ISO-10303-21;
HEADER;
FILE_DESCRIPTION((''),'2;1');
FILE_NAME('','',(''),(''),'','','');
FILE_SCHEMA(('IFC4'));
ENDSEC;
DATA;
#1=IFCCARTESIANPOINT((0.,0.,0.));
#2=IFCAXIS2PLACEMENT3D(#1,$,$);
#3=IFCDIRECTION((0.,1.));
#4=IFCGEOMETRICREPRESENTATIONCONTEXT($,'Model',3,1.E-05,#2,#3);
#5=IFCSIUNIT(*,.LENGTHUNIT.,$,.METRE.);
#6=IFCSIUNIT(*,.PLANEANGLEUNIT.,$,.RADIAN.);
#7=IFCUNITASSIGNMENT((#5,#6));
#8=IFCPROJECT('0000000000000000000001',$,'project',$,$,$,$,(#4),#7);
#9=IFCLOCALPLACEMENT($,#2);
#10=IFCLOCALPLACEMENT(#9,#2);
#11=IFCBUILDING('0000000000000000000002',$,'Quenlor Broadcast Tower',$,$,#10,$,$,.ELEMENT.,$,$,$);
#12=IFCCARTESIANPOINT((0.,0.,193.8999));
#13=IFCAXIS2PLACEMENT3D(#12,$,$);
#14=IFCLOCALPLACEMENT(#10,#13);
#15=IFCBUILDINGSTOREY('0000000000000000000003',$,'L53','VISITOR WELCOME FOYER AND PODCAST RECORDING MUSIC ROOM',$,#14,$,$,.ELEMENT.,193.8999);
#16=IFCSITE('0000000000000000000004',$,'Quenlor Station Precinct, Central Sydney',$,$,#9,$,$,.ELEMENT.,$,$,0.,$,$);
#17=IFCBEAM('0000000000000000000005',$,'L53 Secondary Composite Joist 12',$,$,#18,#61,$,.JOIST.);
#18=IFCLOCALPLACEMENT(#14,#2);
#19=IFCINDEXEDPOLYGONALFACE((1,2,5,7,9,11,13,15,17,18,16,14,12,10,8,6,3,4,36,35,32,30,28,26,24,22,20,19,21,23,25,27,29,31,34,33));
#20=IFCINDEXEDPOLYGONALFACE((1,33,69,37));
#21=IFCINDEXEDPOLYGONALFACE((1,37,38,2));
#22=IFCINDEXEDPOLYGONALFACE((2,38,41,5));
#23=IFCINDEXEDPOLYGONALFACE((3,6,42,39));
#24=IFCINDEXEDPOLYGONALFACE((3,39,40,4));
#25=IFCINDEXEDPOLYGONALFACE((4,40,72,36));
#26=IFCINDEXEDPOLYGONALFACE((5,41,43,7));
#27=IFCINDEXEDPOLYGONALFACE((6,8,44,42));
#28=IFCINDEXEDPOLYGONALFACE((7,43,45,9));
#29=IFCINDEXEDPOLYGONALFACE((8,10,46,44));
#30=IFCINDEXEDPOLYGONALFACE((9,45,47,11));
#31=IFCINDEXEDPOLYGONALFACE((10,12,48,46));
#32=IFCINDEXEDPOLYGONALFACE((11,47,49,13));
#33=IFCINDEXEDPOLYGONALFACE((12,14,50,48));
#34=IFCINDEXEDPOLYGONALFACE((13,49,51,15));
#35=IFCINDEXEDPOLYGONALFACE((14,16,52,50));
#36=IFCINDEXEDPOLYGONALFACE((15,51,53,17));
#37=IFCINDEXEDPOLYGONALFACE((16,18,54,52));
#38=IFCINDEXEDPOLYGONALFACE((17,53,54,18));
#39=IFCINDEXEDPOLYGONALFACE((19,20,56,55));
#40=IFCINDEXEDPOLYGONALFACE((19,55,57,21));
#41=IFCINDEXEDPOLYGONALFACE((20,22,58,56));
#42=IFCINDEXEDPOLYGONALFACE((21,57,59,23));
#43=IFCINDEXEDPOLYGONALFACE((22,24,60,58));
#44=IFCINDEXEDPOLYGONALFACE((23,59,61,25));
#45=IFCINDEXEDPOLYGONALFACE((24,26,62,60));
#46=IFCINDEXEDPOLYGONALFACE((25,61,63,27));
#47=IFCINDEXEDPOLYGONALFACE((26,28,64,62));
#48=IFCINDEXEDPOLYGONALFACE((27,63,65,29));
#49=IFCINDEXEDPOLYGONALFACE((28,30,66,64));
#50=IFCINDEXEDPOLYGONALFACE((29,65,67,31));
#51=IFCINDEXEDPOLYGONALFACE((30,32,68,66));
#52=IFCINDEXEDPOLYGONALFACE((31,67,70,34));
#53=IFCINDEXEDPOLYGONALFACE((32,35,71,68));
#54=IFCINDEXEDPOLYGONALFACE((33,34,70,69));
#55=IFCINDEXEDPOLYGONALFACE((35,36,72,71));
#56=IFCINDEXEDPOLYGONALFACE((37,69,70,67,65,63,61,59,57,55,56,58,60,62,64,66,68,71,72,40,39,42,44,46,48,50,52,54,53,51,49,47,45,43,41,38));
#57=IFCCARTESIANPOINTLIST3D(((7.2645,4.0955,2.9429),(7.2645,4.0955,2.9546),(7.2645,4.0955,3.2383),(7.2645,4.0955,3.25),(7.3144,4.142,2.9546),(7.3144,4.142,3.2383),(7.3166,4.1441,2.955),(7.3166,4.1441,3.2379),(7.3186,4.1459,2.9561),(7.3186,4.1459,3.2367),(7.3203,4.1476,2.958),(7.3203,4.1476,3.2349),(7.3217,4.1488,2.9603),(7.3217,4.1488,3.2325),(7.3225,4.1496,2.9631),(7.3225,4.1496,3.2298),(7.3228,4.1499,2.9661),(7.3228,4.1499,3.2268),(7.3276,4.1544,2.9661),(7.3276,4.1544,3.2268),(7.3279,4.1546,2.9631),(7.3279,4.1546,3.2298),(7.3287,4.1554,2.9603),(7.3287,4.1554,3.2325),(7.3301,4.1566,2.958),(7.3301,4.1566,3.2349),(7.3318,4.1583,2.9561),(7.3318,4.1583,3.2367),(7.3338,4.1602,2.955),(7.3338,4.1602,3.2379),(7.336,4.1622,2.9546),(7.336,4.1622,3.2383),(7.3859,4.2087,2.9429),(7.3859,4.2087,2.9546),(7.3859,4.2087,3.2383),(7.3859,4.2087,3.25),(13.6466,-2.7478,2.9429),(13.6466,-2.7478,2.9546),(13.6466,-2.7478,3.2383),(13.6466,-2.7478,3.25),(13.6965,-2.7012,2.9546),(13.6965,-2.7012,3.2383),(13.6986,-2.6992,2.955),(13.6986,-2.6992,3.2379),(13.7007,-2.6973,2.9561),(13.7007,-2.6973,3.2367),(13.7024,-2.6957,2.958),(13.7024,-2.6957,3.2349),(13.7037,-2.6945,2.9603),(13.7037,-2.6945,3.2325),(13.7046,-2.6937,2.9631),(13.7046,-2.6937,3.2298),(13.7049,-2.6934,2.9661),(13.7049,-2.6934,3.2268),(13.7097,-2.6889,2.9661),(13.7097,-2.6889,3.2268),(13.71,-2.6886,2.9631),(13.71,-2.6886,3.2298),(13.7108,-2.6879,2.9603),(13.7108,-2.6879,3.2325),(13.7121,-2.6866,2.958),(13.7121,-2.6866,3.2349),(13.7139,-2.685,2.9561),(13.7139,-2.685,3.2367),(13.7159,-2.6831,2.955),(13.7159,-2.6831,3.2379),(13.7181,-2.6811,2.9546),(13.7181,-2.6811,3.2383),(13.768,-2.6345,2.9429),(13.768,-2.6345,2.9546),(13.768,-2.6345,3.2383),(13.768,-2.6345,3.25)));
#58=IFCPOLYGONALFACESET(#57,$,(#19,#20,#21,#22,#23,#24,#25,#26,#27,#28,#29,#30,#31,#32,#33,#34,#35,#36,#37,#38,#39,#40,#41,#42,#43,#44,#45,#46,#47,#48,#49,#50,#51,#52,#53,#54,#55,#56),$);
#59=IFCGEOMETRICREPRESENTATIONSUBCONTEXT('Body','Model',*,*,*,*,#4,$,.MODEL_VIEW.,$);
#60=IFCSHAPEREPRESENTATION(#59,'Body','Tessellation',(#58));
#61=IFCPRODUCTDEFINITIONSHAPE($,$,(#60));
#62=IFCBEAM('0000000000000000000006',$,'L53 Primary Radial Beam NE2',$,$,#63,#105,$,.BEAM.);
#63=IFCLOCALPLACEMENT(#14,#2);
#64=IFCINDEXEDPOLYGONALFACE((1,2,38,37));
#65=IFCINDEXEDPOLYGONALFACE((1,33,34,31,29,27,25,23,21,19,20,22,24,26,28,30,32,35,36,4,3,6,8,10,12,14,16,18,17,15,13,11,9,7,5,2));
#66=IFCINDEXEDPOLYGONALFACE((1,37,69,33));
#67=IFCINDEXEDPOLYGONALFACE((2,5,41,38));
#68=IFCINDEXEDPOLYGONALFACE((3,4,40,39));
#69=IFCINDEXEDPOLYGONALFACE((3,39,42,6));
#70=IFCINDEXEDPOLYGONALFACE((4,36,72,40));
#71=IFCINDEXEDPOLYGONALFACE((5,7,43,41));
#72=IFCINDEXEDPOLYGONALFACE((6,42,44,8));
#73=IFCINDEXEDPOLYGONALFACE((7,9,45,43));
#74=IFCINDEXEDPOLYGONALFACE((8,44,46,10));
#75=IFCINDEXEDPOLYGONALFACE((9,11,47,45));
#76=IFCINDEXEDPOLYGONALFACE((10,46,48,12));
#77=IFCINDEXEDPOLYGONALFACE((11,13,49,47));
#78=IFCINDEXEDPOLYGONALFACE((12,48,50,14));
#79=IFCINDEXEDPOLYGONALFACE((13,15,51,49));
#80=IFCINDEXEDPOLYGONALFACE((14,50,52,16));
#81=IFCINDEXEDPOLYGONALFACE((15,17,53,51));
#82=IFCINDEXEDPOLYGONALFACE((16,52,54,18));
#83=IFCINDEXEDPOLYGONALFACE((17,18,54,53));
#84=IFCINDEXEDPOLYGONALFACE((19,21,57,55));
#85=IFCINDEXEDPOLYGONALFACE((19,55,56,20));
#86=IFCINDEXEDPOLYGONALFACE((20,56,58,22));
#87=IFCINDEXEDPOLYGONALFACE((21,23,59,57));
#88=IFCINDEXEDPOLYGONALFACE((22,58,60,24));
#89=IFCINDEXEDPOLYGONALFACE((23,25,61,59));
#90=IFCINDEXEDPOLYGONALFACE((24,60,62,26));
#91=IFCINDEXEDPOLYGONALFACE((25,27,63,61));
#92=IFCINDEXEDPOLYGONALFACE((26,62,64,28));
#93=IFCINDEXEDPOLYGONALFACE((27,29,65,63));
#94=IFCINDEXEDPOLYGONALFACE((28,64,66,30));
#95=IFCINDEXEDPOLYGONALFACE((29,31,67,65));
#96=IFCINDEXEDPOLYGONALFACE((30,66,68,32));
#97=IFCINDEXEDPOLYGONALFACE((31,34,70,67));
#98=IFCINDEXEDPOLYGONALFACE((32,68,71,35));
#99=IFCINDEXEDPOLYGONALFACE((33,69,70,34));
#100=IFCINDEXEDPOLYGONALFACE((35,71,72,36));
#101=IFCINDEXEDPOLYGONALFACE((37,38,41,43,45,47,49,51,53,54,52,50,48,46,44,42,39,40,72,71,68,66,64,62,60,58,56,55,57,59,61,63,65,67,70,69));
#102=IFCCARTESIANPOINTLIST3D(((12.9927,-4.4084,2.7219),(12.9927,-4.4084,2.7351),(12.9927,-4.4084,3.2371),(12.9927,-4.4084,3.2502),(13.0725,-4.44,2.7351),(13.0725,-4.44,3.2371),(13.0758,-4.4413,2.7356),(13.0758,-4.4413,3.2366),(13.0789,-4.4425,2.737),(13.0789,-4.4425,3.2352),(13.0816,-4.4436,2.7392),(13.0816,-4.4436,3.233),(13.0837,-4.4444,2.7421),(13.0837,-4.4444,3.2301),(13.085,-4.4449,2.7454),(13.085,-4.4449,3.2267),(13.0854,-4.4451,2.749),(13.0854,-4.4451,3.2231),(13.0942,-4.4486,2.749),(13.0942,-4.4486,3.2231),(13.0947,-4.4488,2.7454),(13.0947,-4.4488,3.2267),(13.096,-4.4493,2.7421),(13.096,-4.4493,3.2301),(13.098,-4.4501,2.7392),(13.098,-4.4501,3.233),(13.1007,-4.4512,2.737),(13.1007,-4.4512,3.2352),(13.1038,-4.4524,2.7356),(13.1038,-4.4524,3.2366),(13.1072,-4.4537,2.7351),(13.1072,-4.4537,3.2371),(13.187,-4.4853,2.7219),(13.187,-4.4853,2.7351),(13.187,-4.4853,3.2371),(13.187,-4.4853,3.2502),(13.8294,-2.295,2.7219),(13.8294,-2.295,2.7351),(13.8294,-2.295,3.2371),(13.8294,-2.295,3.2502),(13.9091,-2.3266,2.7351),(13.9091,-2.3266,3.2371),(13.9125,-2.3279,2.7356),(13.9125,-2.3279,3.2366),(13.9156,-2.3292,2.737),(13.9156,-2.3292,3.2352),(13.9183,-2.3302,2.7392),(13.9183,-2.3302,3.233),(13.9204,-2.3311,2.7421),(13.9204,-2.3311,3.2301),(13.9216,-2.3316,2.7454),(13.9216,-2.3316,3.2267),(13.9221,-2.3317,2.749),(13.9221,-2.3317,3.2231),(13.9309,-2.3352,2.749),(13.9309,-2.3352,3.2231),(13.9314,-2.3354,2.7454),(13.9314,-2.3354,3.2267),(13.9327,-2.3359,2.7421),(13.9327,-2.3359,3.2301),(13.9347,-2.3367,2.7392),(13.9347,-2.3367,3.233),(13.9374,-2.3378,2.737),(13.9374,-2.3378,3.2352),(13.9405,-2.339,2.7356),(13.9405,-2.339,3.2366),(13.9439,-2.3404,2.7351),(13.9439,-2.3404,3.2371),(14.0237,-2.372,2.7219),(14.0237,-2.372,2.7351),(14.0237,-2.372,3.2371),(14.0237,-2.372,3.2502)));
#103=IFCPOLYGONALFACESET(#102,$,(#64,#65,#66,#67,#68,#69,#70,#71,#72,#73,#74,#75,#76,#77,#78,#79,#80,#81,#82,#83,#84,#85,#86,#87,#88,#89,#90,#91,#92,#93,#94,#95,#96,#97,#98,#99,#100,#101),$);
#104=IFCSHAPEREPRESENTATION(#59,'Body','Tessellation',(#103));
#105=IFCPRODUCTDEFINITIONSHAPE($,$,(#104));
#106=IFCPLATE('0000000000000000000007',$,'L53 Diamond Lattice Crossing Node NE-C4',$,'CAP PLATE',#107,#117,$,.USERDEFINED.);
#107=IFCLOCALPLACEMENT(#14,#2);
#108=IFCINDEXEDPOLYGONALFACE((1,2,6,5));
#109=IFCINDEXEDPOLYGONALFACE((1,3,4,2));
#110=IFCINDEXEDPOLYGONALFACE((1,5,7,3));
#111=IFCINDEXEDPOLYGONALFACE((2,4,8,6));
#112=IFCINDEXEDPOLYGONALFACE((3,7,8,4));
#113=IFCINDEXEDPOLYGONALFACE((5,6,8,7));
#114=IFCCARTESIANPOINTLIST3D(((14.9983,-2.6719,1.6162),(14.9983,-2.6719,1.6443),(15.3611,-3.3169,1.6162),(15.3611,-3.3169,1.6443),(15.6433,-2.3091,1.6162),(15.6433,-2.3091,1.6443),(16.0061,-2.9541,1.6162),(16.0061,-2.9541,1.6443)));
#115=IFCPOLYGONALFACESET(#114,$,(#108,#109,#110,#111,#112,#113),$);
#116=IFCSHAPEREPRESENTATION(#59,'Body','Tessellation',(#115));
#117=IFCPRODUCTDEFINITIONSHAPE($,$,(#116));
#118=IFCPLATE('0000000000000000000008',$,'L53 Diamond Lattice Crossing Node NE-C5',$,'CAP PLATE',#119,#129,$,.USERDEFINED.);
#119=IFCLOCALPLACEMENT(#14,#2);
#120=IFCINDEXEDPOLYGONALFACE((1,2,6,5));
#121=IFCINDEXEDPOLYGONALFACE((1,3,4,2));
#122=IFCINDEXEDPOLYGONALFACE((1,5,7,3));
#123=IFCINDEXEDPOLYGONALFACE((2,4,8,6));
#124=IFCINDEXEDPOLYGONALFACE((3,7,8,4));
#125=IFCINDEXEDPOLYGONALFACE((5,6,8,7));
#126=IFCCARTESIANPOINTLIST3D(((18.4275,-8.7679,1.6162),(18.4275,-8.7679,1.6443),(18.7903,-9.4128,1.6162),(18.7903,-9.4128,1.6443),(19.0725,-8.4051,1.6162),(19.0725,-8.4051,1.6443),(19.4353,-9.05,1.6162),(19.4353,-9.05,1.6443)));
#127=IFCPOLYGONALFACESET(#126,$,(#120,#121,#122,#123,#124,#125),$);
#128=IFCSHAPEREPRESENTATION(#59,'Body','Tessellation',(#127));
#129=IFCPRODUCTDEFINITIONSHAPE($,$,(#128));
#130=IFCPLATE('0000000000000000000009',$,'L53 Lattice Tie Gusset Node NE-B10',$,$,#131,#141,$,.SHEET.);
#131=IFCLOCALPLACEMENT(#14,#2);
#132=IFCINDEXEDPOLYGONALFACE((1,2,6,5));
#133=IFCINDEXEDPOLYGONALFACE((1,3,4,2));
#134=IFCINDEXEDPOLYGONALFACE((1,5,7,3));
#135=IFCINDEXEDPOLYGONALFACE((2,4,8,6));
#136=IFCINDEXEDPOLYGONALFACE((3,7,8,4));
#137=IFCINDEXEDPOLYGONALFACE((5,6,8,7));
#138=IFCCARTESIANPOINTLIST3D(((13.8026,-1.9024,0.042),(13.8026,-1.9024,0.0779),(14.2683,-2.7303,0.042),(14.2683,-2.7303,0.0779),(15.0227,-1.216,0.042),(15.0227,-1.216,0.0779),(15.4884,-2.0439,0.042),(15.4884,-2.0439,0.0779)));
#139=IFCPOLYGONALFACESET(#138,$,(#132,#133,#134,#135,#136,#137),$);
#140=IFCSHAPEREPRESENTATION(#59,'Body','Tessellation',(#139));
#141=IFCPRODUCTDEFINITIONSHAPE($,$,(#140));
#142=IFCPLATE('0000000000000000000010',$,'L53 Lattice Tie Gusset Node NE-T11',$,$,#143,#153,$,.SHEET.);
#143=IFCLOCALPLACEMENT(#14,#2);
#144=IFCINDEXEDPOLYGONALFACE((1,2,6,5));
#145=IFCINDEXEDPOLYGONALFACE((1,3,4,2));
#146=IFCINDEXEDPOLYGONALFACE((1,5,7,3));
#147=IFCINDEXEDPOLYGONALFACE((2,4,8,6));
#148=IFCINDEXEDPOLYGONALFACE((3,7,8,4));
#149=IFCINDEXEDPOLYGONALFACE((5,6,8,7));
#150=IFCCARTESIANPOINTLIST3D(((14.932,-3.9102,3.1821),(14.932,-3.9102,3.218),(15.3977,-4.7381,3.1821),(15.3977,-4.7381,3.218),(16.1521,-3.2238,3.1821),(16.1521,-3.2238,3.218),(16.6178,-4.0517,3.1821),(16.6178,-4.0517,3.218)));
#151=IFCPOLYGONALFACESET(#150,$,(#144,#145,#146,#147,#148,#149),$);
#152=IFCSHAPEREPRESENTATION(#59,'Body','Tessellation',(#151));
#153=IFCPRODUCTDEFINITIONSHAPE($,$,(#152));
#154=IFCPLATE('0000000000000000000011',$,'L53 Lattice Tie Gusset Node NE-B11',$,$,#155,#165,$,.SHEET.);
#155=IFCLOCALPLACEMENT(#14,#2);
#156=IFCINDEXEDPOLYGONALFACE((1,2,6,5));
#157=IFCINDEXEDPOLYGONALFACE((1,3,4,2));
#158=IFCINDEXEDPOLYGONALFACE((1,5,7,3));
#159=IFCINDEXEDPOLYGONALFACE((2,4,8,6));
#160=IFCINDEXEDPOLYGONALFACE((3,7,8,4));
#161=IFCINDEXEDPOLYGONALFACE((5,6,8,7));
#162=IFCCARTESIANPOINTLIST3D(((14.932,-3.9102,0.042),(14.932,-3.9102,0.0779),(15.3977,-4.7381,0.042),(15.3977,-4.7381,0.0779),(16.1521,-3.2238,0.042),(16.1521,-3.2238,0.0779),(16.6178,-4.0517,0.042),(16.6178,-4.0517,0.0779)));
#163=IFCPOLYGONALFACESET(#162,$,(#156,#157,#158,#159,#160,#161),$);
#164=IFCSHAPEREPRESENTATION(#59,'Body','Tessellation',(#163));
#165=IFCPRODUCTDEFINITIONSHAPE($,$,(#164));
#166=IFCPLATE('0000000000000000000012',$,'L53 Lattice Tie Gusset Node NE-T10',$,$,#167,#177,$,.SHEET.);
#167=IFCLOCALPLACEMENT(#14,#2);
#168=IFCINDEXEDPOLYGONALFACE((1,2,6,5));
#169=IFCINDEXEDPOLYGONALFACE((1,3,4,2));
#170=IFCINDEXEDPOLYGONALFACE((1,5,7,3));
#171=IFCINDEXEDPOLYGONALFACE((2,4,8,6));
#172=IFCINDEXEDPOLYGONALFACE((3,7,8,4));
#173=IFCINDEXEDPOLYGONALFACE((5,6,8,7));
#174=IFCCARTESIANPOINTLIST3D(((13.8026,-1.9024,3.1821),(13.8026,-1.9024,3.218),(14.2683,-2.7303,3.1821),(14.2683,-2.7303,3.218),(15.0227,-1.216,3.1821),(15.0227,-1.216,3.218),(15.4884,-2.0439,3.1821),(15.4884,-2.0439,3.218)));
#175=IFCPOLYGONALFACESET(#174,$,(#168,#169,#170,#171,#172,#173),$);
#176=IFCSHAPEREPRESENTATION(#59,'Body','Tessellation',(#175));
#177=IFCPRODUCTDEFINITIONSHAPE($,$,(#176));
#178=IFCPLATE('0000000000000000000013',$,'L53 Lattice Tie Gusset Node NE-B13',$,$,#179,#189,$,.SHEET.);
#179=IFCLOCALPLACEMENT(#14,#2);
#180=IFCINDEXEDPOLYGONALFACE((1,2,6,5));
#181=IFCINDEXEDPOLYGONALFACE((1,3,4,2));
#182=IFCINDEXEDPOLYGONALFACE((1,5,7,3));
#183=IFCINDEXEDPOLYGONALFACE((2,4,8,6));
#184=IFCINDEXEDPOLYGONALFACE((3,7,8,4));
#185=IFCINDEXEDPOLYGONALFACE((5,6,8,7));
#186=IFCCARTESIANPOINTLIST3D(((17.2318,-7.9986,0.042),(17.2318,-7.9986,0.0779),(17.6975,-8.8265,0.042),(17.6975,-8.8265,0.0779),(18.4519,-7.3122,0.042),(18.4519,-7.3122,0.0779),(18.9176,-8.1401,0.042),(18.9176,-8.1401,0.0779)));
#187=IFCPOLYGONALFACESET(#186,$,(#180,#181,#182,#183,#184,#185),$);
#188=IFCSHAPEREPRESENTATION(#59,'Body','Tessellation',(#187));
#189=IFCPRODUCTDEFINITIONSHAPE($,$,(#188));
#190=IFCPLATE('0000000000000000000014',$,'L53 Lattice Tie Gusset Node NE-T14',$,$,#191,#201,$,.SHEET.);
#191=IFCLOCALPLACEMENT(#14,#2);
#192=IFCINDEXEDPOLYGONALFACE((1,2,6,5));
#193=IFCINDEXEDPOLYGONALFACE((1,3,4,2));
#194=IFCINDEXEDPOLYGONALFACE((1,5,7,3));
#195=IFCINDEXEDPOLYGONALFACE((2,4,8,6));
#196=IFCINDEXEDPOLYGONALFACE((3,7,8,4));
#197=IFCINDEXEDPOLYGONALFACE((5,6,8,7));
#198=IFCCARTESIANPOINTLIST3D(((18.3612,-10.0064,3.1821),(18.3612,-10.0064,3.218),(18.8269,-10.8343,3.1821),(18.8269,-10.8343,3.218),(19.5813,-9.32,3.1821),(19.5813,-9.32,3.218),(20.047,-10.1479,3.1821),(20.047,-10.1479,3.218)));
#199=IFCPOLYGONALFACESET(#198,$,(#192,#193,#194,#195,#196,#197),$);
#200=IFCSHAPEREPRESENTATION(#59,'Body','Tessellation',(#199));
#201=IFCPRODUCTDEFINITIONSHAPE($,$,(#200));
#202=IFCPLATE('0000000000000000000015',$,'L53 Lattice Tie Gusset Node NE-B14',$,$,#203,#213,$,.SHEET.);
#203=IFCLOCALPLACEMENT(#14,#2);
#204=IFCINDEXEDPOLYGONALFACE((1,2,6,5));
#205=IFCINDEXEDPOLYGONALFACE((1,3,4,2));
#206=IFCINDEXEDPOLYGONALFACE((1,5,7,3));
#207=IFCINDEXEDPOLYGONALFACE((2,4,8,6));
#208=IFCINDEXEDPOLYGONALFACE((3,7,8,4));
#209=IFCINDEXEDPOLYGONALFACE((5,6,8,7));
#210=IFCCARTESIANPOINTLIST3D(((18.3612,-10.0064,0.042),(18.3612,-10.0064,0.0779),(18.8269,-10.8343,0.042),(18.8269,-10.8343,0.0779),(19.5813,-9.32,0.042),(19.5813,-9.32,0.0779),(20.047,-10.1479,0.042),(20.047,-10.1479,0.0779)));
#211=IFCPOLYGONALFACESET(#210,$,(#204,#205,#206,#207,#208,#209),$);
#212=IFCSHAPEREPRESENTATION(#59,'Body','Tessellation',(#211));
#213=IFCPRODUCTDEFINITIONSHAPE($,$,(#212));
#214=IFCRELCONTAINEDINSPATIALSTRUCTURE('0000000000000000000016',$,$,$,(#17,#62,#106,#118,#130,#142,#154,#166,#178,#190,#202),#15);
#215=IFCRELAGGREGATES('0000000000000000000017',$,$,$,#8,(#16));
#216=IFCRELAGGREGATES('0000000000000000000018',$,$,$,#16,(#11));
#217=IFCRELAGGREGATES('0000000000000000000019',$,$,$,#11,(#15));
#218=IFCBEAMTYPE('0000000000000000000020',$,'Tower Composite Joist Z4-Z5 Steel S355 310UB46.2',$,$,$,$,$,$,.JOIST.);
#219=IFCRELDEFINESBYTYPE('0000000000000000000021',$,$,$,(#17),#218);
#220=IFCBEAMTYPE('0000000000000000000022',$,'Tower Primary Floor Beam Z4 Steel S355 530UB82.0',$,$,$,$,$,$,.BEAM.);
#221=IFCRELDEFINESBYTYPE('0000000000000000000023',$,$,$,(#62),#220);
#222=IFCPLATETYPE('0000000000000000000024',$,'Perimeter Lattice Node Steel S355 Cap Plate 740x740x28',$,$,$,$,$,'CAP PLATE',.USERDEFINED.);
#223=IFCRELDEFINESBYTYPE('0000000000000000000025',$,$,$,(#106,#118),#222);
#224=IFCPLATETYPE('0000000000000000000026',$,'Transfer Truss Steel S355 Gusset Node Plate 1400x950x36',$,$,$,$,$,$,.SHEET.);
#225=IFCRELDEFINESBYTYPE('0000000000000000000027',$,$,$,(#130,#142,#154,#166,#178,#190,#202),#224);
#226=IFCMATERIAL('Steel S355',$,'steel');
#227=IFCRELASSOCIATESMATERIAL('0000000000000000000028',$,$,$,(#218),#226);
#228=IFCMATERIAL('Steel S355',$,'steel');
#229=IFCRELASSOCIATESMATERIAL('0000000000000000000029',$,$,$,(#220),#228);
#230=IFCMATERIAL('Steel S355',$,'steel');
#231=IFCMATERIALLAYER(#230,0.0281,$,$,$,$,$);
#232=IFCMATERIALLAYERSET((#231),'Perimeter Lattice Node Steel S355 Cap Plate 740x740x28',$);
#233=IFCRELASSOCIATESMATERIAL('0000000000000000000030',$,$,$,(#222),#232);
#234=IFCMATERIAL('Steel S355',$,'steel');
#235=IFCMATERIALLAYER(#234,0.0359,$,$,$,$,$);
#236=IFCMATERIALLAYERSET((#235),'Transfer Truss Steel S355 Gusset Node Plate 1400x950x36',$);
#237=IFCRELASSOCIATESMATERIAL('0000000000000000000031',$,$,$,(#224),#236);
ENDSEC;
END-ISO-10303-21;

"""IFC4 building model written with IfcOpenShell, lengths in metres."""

from ifc_helpers import new_model, si_unit, direction, frame, origin, origin_2d, place, context, subcontext, project, spatial, rectangle, i_section, extrude, material, layer, layer_set, material_profile, profile_set, type_object, element, save


model = new_model("IFC4")

# Units and contexts
model_context = context("Model", 3, precision=1e-05, world=origin(), true_north=direction((0.0, 1.0)))
body_context = subcontext(model_context, "Body", "Model", "MODEL_VIEW")
ifc_project = project(units=[si_unit("LENGTHUNIT", "METRE"), si_unit("PLANEANGLEUNIT", "RADIAN")], contexts=[model_context])

# Site, building, storey
site_placement = place(None, origin())
site = spatial("IfcSite", under=ifc_project, at=site_placement, Name="Quenlor Station Precinct, Central Sydney", CompositionType="ELEMENT", RefElevation=0.0)
building_placement = place(site_placement, origin())
building = spatial("IfcBuilding", under=site, at=building_placement, Name="Quenlor Broadcast Tower", CompositionType="ELEMENT")
storey_placement = place(building_placement, frame((0.0, 0.0, 193.8999)))
storey = spatial("IfcBuildingStorey", under=building, at=storey_placement, Name="L53", Description="VISITOR WELCOME FOYER AND PODCAST RECORDING MUSIC ROOM", CompositionType="ELEMENT", Elevation=193.8999)

# Beams
ifc_material_1 = material(Name="Steel S355", Category="steel")
ifc_material_profile_1 = material_profile(ifc_material_1, i_section(OverallWidth=0.166, OverallDepth=0.3071, WebThickness=0.0066, FlangeThickness=0.0117, FilletRadius=0.0115, at=origin_2d()))
ifc_profile_set_1 = profile_set([ifc_material_profile_1], Name="Steel S355 310UB46.2")
beam_type_1 = type_object("IfcBeamType", Name="Tower Composite Joist Z4-Z5 Steel S355 310UB46.2", PredefinedType="JOIST", material=ifc_profile_set_1)
beam_1_placement = place(storey_placement, frame((13.7073, -2.6912, 3.0964), z_axis=(-0.682035, 0.73132, 0.0), x_axis=(-0.73132, -0.682035, 0.0)))
element("IfcBeam", 1, at=beam_1_placement, inside=storey, type_object=beam_type_1, Name="L53 Secondary Composite Joist 12", PredefinedType="JOIST", context=body_context, shape_type="SweptSolid", body=[
    extrude(i_section(OverallWidth=0.166, OverallDepth=0.3071, WebThickness=0.0066, FlangeThickness=0.0117, FilletRadius=0.0115, at=origin_2d()), origin(), (0.0, 0.0, 1.0), 9.3574),
])
ifc_material_2 = material(Name="Steel S355", Category="steel")
ifc_material_profile_2 = material_profile(ifc_material_2, i_section(OverallWidth=0.209, OverallDepth=0.5283, WebThickness=0.0095, FlangeThickness=0.0132, FilletRadius=0.0139, at=origin_2d()))
ifc_profile_set_2 = profile_set([ifc_material_profile_2], Name="Steel S355 530UB82.0")
beam_type_2 = type_object("IfcBeamType", Name="Tower Primary Floor Beam Z4 Steel S355 530UB82.0", PredefinedType="BEAM", material=ifc_profile_set_2)
beam_2_placement = place(storey_placement, frame((13.9265, -2.3335, 2.9861), z_axis=(-0.36811, -0.929782, 0.0), x_axis=(0.929782, -0.36811, 0.0)))
element("IfcBeam", 2, at=beam_2_placement, inside=storey, type_object=beam_type_2, Name="L53 Primary Radial Beam NE2", PredefinedType="BEAM", context=body_context, shape_type="SweptSolid", body=[
    extrude(i_section(OverallWidth=0.209, OverallDepth=0.5283, WebThickness=0.0095, FlangeThickness=0.0132, FilletRadius=0.0139, at=origin_2d()), origin(), (0.0, 0.0, 1.0), 2.2729),
])

# Plates
ifc_material_3 = material(Name="Steel S355", Category="steel")
ifc_layer_1 = layer(ifc_material_3, 0.0281)
ifc_layer_set_1 = layer_set([ifc_layer_1], Name="Perimeter Lattice Node Steel S355 Cap Plate 740x740x28")
plate_type_1 = type_object("IfcPlateType", Name="Perimeter Lattice Node Steel S355 Cap Plate 740x740x28", ElementType="CAP PLATE", PredefinedType="USERDEFINED", material=ifc_layer_set_1)
for number, where, z_axis, x_axis, name in (
    (3, (15.5022, -2.813, 1.6162), (0.0, 0.0, 1.0), (0.490295, -0.871556, 0.0), "L53 Diamond Lattice Crossing Node NE-C4"),
    (4, (18.9314, -8.9089, 1.6162), (0.0, 0.0, 1.0), (0.490295, -0.871556, 0.0), "L53 Diamond Lattice Crossing Node NE-C5"),
):
    element("IfcPlate", number, at=place(storey_placement, frame(where, z_axis=z_axis, x_axis=x_axis)), inside=storey, type_object=plate_type_1, Name=name, ObjectType="CAP PLATE", PredefinedType="USERDEFINED", context=body_context, shape_type="SweptSolid", body=[
        extrude(rectangle(XDim=0.74, YDim=0.74, at=origin_2d()), origin(), (0.0, 0.0, 1.0), 0.0281),
    ])
ifc_material_4 = material(Name="Steel S355", Category="steel")
ifc_layer_2 = layer(ifc_material_4, 0.0359)
ifc_layer_set_2 = layer_set([ifc_layer_2], Name="Transfer Truss Steel S355 Gusset Node Plate 1400x950x36")
plate_type_2 = type_object("IfcPlateType", Name="Transfer Truss Steel S355 Gusset Node Plate 1400x950x36", PredefinedType="SHEET", material=ifc_layer_set_2)
for number, where, z_axis, x_axis, name in (
    (5, (14.6455, -1.9731, 0.042), (0.0, 0.0, 1.0), (0.871556, 0.490295, 0.0), "L53 Lattice Tie Gusset Node NE-B10"),
    (6, (15.7749, -3.981, 3.1821), (0.0, 0.0, 1.0), (0.871556, 0.490295, 0.0), "L53 Lattice Tie Gusset Node NE-T11"),
    (7, (15.7749, -3.981, 0.042), (0.0, 0.0, 1.0), (0.871556, 0.490295, 0.0), "L53 Lattice Tie Gusset Node NE-B11"),
    (8, (14.6455, -1.9731, 3.1821), (0.0, 0.0, 1.0), (0.871556, 0.490295, 0.0), "L53 Lattice Tie Gusset Node NE-T10"),
    (9, (18.0747, -8.0693, 0.042), (0.0, 0.0, 1.0), (0.871556, 0.490295, 0.0), "L53 Lattice Tie Gusset Node NE-B13"),
    (10, (19.2041, -10.0771, 3.1821), (0.0, 0.0, 1.0), (0.871556, 0.490295, 0.0), "L53 Lattice Tie Gusset Node NE-T14"),
    (11, (19.2041, -10.0771, 0.042), (0.0, 0.0, 1.0), (0.871556, 0.490295, 0.0), "L53 Lattice Tie Gusset Node NE-B14"),
):
    element("IfcPlate", number, at=place(storey_placement, frame(where, z_axis=z_axis, x_axis=x_axis)), inside=storey, type_object=plate_type_2, Name=name, PredefinedType="SHEET", context=body_context, shape_type="SweptSolid", body=[
        extrude(rectangle(XDim=1.3999, YDim=0.95, at=origin_2d()), origin(), (0.0, 0.0, 1.0), 0.0359),
    ])

save(model, "model.ifc")
